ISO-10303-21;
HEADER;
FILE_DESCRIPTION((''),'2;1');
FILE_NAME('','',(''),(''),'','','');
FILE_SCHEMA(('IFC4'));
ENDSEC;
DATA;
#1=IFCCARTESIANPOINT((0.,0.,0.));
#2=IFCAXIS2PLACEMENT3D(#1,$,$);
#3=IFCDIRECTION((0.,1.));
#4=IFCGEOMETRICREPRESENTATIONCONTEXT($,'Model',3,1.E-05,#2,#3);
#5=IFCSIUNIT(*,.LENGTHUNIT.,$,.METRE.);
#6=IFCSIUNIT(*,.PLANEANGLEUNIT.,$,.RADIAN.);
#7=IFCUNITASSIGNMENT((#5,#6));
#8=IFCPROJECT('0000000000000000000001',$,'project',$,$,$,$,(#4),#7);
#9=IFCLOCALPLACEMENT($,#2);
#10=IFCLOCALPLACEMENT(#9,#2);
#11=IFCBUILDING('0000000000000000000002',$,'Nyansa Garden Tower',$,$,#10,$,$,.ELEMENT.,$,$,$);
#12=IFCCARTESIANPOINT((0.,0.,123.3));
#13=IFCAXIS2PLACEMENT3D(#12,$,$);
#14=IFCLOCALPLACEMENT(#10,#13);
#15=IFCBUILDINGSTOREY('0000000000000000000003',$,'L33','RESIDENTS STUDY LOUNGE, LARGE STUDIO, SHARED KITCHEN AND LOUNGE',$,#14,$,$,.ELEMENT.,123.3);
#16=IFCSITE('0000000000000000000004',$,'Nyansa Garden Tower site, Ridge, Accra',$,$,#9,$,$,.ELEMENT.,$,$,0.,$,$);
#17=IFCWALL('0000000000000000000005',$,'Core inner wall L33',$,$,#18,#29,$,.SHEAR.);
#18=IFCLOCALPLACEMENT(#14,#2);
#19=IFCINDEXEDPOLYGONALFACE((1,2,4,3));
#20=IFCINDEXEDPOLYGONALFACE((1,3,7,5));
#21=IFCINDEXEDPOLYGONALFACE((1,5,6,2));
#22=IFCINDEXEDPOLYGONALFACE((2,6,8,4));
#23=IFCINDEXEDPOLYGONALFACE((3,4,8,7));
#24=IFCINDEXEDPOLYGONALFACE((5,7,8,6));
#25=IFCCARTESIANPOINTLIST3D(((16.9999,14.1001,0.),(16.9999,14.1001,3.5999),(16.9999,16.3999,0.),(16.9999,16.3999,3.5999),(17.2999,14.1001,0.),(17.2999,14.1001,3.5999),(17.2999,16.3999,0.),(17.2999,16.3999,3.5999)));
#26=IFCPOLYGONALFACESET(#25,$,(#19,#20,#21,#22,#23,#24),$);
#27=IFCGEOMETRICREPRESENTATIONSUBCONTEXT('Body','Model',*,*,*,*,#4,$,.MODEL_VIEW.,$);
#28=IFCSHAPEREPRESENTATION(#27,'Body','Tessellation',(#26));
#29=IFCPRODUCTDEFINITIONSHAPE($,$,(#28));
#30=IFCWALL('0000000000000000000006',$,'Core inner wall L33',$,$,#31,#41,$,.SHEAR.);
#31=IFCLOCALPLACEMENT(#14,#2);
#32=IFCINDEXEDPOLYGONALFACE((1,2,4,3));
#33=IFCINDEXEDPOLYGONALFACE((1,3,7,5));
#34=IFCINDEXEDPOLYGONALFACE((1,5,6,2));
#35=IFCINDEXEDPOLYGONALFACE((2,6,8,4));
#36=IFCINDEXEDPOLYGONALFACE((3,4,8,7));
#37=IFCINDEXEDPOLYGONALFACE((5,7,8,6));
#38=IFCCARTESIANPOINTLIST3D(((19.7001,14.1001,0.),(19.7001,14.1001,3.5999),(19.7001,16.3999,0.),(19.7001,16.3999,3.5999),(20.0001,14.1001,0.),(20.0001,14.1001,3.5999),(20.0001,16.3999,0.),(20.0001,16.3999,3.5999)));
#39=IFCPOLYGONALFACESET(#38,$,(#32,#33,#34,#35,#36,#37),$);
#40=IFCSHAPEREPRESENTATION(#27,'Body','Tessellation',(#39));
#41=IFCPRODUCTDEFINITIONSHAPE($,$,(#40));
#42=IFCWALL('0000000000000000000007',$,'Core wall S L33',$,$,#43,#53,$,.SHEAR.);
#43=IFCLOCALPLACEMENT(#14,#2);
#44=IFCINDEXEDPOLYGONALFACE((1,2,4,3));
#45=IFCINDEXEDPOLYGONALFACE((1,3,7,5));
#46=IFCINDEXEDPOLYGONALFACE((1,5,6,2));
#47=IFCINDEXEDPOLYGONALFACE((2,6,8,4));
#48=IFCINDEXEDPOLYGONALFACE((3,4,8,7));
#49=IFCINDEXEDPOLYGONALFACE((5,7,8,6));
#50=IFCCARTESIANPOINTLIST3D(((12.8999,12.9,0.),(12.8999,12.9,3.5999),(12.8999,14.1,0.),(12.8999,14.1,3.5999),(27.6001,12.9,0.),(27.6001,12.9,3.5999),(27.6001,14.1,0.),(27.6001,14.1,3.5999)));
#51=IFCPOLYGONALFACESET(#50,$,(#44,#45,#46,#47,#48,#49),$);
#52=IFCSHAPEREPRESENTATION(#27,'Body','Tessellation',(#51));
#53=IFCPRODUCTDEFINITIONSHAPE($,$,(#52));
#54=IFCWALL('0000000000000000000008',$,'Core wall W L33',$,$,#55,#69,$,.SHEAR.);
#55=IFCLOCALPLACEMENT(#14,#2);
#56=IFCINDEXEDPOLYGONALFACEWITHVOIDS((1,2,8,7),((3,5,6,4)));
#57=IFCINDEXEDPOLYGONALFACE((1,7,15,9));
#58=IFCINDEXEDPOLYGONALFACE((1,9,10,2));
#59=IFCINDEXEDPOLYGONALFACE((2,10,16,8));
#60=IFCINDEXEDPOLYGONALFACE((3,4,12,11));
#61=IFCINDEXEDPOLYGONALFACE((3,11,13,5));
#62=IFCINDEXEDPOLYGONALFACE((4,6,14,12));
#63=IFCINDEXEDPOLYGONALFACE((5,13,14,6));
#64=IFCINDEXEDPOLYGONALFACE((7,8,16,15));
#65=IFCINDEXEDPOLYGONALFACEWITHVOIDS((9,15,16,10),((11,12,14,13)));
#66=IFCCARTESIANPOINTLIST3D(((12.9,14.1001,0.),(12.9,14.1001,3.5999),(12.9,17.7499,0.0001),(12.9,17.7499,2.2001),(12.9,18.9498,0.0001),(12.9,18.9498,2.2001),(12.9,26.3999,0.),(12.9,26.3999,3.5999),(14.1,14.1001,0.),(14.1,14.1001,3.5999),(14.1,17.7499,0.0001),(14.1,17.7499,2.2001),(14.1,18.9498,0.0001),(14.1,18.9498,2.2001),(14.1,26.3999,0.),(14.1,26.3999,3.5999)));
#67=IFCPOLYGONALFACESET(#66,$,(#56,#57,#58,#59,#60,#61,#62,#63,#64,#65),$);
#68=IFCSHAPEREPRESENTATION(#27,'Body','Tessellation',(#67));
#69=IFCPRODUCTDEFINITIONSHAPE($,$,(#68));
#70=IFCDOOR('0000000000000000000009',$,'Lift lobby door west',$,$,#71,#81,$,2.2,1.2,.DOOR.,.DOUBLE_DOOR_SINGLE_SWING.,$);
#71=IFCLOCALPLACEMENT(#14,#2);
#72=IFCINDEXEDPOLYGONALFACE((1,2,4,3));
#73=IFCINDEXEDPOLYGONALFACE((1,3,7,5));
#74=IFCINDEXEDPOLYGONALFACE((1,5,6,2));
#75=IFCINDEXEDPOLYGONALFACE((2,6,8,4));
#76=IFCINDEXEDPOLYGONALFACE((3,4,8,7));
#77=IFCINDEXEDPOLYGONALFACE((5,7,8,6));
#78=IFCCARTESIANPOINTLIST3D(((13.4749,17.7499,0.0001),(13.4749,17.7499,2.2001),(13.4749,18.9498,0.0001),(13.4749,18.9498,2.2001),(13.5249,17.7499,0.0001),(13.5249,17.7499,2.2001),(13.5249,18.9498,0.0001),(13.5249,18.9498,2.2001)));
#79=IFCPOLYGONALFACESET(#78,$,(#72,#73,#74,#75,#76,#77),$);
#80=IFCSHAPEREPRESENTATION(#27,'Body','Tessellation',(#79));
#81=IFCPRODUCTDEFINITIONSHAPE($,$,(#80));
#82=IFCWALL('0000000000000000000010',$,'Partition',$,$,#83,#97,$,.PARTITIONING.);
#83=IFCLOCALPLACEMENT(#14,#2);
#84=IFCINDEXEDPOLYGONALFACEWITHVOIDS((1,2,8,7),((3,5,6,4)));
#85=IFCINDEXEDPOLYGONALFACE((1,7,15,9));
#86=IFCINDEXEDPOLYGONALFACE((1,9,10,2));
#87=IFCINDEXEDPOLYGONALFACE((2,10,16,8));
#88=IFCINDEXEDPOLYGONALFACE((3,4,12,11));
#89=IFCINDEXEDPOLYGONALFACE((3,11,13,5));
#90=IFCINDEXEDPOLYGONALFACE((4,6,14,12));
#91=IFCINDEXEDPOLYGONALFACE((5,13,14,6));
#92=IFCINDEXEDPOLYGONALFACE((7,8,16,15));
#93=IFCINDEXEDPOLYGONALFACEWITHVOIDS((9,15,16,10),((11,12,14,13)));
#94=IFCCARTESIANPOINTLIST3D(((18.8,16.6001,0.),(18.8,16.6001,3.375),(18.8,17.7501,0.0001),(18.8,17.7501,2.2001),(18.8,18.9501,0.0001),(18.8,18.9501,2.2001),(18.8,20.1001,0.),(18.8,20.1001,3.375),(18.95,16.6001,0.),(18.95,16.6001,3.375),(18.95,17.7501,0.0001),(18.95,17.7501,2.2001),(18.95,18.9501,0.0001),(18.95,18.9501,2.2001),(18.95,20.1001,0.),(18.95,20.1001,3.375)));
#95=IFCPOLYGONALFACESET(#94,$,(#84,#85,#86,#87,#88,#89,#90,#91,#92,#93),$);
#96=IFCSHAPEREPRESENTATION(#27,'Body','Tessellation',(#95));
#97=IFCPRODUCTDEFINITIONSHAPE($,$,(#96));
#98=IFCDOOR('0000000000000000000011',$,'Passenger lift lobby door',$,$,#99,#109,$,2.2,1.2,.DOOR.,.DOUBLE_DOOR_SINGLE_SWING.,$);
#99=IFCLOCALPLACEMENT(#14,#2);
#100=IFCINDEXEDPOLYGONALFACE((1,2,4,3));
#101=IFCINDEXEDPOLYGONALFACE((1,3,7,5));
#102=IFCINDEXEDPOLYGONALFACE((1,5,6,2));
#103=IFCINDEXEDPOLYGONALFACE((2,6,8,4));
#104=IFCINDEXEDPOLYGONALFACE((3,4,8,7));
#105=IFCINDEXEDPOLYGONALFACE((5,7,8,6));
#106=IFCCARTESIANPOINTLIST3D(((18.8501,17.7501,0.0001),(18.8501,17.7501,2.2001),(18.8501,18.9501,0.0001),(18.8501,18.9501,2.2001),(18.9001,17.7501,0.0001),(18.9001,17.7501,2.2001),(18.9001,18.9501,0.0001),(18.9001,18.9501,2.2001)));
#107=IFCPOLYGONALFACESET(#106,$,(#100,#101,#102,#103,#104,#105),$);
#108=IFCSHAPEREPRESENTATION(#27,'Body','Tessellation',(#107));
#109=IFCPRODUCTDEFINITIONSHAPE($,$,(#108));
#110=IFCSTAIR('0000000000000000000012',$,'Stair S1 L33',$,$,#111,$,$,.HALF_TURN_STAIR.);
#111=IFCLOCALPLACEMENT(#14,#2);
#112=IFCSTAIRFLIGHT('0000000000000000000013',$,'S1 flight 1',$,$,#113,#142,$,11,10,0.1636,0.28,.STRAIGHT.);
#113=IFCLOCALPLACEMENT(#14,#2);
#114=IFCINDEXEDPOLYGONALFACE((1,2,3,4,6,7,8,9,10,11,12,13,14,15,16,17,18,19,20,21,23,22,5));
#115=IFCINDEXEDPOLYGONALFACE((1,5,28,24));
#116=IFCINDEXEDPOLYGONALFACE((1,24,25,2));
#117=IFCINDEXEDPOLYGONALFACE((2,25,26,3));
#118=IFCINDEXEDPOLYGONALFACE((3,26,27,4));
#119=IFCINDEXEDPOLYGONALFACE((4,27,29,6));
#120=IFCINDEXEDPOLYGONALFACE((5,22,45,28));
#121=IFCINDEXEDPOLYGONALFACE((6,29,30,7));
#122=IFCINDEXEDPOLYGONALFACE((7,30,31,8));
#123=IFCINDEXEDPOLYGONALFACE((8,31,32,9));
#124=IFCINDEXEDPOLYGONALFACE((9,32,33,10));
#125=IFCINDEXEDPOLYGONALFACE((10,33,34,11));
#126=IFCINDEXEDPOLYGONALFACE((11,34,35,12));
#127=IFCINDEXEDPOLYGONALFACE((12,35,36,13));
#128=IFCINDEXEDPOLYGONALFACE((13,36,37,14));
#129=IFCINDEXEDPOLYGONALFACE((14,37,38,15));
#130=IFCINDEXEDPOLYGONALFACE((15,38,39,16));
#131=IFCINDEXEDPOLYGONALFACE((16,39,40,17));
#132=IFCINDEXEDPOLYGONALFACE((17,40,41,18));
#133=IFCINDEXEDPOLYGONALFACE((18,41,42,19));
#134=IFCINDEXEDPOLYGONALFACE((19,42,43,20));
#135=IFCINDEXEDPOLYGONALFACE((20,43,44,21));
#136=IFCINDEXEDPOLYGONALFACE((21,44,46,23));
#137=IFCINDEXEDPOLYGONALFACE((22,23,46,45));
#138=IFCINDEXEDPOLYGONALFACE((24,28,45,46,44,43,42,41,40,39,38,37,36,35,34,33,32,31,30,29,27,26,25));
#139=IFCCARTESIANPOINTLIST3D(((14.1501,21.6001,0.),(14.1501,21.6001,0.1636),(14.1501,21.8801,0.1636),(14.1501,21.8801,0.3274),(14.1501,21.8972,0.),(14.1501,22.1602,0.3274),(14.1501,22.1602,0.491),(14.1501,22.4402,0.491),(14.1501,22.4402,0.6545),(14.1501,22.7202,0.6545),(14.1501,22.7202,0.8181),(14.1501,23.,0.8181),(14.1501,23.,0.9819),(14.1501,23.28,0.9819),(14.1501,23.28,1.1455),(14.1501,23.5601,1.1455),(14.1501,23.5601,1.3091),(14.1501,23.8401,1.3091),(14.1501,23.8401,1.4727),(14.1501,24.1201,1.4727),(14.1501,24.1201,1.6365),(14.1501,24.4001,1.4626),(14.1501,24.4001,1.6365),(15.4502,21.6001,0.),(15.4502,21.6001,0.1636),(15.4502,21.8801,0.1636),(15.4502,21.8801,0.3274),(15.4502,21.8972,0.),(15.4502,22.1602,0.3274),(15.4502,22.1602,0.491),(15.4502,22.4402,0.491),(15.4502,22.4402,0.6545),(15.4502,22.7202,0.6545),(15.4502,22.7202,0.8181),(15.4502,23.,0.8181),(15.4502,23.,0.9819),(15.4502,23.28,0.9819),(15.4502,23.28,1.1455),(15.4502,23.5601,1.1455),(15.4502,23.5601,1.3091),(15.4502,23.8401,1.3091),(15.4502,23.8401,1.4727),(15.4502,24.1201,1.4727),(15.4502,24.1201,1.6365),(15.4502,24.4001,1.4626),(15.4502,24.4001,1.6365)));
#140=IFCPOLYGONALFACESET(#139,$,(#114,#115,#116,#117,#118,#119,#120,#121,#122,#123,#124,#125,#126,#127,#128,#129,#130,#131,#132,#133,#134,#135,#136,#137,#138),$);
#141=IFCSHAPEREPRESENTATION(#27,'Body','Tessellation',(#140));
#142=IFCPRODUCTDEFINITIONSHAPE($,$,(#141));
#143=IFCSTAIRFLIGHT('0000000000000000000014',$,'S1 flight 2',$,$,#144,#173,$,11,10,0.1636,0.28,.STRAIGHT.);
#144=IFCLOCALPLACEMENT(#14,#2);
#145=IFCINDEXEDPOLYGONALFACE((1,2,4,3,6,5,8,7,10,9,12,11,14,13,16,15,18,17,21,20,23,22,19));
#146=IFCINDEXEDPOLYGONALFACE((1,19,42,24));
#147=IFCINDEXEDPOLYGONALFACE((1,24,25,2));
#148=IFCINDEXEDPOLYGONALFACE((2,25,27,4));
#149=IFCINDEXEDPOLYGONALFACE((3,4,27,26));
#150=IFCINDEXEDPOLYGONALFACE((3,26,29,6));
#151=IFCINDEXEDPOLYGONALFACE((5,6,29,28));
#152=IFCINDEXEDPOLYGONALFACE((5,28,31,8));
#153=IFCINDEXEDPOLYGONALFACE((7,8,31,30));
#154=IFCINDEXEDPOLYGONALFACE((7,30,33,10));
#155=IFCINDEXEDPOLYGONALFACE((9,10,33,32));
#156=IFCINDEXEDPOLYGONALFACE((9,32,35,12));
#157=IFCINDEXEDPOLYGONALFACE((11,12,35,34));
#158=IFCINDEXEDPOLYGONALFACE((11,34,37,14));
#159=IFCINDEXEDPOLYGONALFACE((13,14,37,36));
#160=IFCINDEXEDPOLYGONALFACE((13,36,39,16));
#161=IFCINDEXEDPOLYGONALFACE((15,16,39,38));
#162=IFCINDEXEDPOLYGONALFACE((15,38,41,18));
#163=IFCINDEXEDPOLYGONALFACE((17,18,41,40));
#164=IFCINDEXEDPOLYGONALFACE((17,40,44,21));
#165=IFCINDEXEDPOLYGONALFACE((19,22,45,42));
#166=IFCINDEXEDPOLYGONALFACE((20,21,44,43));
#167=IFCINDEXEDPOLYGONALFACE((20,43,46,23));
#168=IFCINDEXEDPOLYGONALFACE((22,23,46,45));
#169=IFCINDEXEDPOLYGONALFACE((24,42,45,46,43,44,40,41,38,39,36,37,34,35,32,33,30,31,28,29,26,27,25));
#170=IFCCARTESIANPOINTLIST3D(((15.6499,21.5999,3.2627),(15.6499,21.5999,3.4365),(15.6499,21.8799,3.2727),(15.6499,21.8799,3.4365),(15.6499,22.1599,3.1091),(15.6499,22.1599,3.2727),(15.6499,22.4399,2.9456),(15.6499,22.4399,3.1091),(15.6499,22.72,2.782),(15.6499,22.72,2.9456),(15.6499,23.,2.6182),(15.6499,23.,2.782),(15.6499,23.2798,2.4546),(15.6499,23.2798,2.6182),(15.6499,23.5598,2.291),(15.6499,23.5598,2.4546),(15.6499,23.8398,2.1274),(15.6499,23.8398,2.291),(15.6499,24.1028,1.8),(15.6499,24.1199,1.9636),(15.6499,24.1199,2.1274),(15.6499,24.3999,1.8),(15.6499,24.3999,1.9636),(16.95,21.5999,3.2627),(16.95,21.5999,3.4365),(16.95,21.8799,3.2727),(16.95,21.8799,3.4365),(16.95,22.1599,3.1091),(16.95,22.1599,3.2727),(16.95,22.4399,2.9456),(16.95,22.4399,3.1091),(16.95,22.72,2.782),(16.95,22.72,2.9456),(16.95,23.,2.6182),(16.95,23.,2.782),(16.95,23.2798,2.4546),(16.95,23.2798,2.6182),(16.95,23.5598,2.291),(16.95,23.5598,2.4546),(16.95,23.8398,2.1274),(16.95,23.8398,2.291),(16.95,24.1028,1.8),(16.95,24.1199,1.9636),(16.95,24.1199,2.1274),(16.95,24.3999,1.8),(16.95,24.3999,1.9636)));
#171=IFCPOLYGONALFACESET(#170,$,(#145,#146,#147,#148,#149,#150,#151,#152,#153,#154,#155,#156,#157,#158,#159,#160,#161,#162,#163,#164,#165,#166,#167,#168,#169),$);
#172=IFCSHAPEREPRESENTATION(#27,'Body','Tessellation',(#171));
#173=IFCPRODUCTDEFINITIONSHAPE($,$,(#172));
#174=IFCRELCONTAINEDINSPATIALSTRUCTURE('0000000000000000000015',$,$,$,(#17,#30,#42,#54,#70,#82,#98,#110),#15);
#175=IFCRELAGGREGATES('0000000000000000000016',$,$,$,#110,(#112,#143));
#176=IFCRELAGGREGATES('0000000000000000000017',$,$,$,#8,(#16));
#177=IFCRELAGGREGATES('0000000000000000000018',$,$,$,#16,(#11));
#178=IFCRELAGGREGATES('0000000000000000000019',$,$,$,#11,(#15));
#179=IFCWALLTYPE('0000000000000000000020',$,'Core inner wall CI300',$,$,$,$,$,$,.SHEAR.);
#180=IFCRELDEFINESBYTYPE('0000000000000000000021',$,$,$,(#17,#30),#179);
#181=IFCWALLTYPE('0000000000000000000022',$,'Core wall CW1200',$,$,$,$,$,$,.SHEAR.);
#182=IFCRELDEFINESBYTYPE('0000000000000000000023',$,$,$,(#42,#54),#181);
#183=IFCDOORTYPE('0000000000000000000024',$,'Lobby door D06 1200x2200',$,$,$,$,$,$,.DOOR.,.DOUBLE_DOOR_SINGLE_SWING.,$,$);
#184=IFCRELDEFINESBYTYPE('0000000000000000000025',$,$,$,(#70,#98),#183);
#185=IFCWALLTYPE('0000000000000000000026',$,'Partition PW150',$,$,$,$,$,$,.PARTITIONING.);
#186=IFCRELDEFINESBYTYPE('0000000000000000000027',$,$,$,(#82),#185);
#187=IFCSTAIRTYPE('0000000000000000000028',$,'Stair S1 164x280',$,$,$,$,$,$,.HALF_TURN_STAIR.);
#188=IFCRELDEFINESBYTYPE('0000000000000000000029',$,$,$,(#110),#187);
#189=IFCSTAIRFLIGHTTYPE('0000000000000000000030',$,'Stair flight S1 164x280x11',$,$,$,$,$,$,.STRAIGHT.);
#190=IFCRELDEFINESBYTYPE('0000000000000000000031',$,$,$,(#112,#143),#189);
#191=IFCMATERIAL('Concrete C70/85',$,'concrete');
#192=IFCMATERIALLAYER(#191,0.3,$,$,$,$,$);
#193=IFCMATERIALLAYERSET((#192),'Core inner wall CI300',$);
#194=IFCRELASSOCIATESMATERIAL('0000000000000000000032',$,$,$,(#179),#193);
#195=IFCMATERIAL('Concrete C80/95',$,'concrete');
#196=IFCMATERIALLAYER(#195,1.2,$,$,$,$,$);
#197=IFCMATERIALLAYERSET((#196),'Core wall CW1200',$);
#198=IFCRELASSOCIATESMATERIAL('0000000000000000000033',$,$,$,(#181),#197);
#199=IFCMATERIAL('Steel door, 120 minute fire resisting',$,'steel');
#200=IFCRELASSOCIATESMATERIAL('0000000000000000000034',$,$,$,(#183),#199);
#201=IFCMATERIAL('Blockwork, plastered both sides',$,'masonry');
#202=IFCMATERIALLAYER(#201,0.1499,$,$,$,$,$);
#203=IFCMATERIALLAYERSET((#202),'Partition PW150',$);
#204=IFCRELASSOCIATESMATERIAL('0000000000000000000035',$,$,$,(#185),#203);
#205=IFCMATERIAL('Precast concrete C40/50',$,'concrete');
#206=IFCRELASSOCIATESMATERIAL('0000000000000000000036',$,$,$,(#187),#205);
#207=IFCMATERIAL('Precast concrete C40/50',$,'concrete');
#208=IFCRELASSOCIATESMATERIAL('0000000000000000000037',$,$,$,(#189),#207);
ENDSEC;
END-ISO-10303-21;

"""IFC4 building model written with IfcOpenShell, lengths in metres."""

from ifc_helpers import new_model, si_unit, direction, frame, frame_2d, origin, place, context, subcontext, project, spatial, polyline, rectangle, outline, extrude, material, layer, layer_set, type_object, element, fill, aggregate, save


model = new_model("IFC4")

# Units and contexts
model_context = context("Model", 3, precision=1e-05, world=origin(), true_north=direction((0.0, 1.0)))
body_context = subcontext(model_context, "Body", "Model", "MODEL_VIEW")
ifc_project = project(units=[si_unit("LENGTHUNIT", "METRE"), si_unit("PLANEANGLEUNIT", "RADIAN")], contexts=[model_context])

# Site, building, storey
site_placement = place(None, origin())
site = spatial("IfcSite", under=ifc_project, at=site_placement, Name="Nyansa Garden Tower site, Ridge, Accra", CompositionType="ELEMENT", RefElevation=0.0)
building_placement = place(site_placement, origin())
building = spatial("IfcBuilding", under=site, at=building_placement, Name="Nyansa Garden Tower", CompositionType="ELEMENT")
storey_placement = place(building_placement, frame((0.0, 0.0, 123.3)))
storey = spatial("IfcBuildingStorey", under=building, at=storey_placement, Name="L33", Description="RESIDENTS STUDY LOUNGE, LARGE STUDIO, SHARED KITCHEN AND LOUNGE", CompositionType="ELEMENT", Elevation=123.3)

# Walls
ifc_material_1 = material(Name="Concrete C70/85", Category="concrete")
ifc_layer_1 = layer(ifc_material_1, 0.3)
ifc_layer_set_1 = layer_set([ifc_layer_1], Name="Core inner wall CI300")
wall_type_1 = type_object("IfcWallType", Name="Core inner wall CI300", PredefinedType="SHEAR", material=ifc_layer_set_1)
for number, where, z_axis, x_axis, name in (
    (1, (17.1499, 14.1001, 0.0), (0.0, 0.0, 1.0), (0.0, 1.0, 0.0), "Core inner wall L33"),
    (2, (19.8501, 14.1001, 0.0), (0.0, 0.0, 1.0), (0.0, 1.0, 0.0), "Core inner wall L33"),
):
    element("IfcWall", number, at=place(storey_placement, frame(where, z_axis=z_axis, x_axis=x_axis)), inside=storey, type_object=wall_type_1, Name=name, PredefinedType="SHEAR", context=body_context, shape_type="SweptSolid", body=[
        extrude(rectangle(XDim=2.2998, YDim=0.3, at=frame_2d((1.1499, 0.0))), origin(), (0.0, 0.0, 1.0), 3.5999),
    ])
ifc_material_2 = material(Name="Concrete C80/95", Category="concrete")
ifc_layer_2 = layer(ifc_material_2, 1.2)
ifc_layer_set_2 = layer_set([ifc_layer_2], Name="Core wall CW1200")
wall_type_2 = type_object("IfcWallType", Name="Core wall CW1200", PredefinedType="SHEAR", material=ifc_layer_set_2)
wall_1_placement = place(storey_placement, frame((12.8999, 13.5, 0.0), z_axis=(0.0, 0.0, 1.0), x_axis=(1.0, 0.0, 0.0)))
element("IfcWall", 3, at=wall_1_placement, inside=storey, type_object=wall_type_2, Name="Core wall S L33", PredefinedType="SHEAR", context=body_context, shape_type="SweptSolid", body=[
    extrude(rectangle(XDim=14.7002, YDim=1.2, at=frame_2d((7.3501, 0.0))), origin(), (0.0, 0.0, 1.0), 3.5999),
])

# Walls, openings, doors
wall_2_placement = place(storey_placement, frame((13.5, 26.3999, 0.0), z_axis=(0.0, 0.0, 1.0), x_axis=(0.0, -1.0, 0.0)))
wall_2 = element("IfcWall", 4, at=wall_2_placement, inside=storey, type_object=wall_type_2, Name="Core wall W L33", PredefinedType="SHEAR", context=body_context, shape_type="SweptSolid", body=[
    extrude(rectangle(XDim=12.2998, YDim=1.2, at=frame_2d((6.1499, 0.0))), origin(), (0.0, 0.0, 1.0), 3.5999),
])
opening_1_placement = place(wall_2_placement, frame((7.45, 0.0, 0.0)))
opening_1 = element("IfcOpeningElement", 5, at=opening_1_placement, cuts=wall_2, PredefinedType="OPENING", context=body_context, shape_type="SweptSolid", body=[
    extrude(rectangle(XDim=1.2, YDim=2.2, at=frame_2d((0.6001, 1.1001))), frame((0.0, 0.6099, 0.0), z_axis=(0.0, -1.0, 0.0), x_axis=(1.0, 0.0, 0.0)), (0.0, 0.0, 1.0), 1.22),
])
ifc_material_3 = material(Name="Steel door, 120 minute fire resisting", Category="steel")
door_type_1 = type_object("IfcDoorType", Name="Lobby door D06 1200x2200", OperationType="DOUBLE_DOOR_SINGLE_SWING", PredefinedType="DOOR", material=ifc_material_3)
door_1_placement = place(opening_1_placement, origin())
door_1 = element("IfcDoor", 6, at=door_1_placement, inside=storey, type_object=door_type_1, Name="Lift lobby door west", OperationType="DOUBLE_DOOR_SINGLE_SWING", OverallHeight=2.2, OverallWidth=1.2, PredefinedType="DOOR", context=body_context, shape_type="SweptSolid", body=[
    extrude(rectangle(XDim=1.2, YDim=2.2, at=frame_2d((0.6001, 1.1001))), frame((0.0, 0.0249, 0.0), z_axis=(0.0, -1.0, 0.0), x_axis=(1.0, 0.0, 0.0)), (0.0, 0.0, 1.0), 0.05),
])
fill(opening_1, door_1)
ifc_material_4 = material(Name="Blockwork, plastered both sides", Category="masonry")
ifc_layer_3 = layer(ifc_material_4, 0.1499)
ifc_layer_set_3 = layer_set([ifc_layer_3], Name="Partition PW150")
wall_type_3 = type_object("IfcWallType", Name="Partition PW150", PredefinedType="PARTITIONING", material=ifc_layer_set_3)
wall_3_placement = place(storey_placement, frame((18.875, 16.6001, 0.0), z_axis=(0.0, 0.0, 1.0), x_axis=(0.0, 1.0, 0.0)))
wall_3 = element("IfcWall", 7, at=wall_3_placement, inside=storey, type_object=wall_type_3, Name="Partition", PredefinedType="PARTITIONING", context=body_context, shape_type="SweptSolid", body=[
    extrude(rectangle(XDim=3.5, YDim=0.1499, at=frame_2d((1.75, 0.0))), origin(), (0.0, 0.0, 1.0), 3.375),
])
opening_2_placement = place(wall_3_placement, frame((1.1499, 0.0, 0.0)))
opening_2 = element("IfcOpeningElement", 8, at=opening_2_placement, cuts=wall_3, PredefinedType="OPENING", context=body_context, shape_type="SweptSolid", body=[
    extrude(rectangle(XDim=1.2, YDim=2.2, at=frame_2d((0.6001, 1.1001))), frame((0.0, 0.085, 0.0), z_axis=(0.0, -1.0, 0.0), x_axis=(1.0, 0.0, 0.0)), (0.0, 0.0, 1.0), 0.1699),
])
door_2_placement = place(opening_2_placement, origin())
door_2 = element("IfcDoor", 9, at=door_2_placement, inside=storey, type_object=door_type_1, Name="Passenger lift lobby door", OperationType="DOUBLE_DOOR_SINGLE_SWING", OverallHeight=2.2, OverallWidth=1.2, PredefinedType="DOOR", context=body_context, shape_type="SweptSolid", body=[
    extrude(rectangle(XDim=1.2, YDim=2.2, at=frame_2d((0.6001, 1.1001))), frame((0.0, 0.0249, 0.0), z_axis=(0.0, -1.0, 0.0), x_axis=(1.0, 0.0, 0.0)), (0.0, 0.0, 1.0), 0.05),
])
fill(opening_2, door_2)

# Stair, stair flights
ifc_material_5 = material(Name="Precast concrete C40/50", Category="concrete")
stair_type = type_object("IfcStairType", Name="Stair S1 164x280", PredefinedType="HALF_TURN_STAIR", material=ifc_material_5)
stair_placement = place(storey_placement, origin())
stair = element("IfcStair", 10, at=stair_placement, inside=storey, type_object=stair_type, Name="Stair S1 L33", PredefinedType="HALF_TURN_STAIR")
ifc_material_6 = material(Name="Precast concrete C40/50", Category="concrete")
stair_flight_type = type_object("IfcStairFlightType", Name="Stair flight S1 164x280x11", PredefinedType="STRAIGHT", material=ifc_material_6)
stair_flight_1_placement = place(storey_placement, frame((14.8, 21.6001, 0.0), z_axis=(0.0, 0.0, 1.0), x_axis=(0.0, 1.0, 0.0)))
stair_flight_1 = element("IfcStairFlight", 11, at=stair_flight_1_placement, type_object=stair_flight_type, Name="S1 flight 1", NumberOfRisers=11, NumberOfTreads=10, PredefinedType="STRAIGHT", RiserHeight=0.1636, TreadLength=0.28, context=body_context, shape_type="SweptSolid", body=[
    extrude(outline(polyline([(0.0, 0.0), (0.0, 0.1636), (0.28, 0.1636), (0.28, 0.3274), (0.5601, 0.3274), (0.5601, 0.491), (0.8401, 0.491), (0.8401, 0.6545), (1.1201, 0.6545), (1.1201, 0.8181), (1.3999, 0.8181), (1.3999, 0.9819), (1.6799, 0.9819), (1.6799, 1.1455), (1.96, 1.1455), (1.96, 1.3091), (2.24, 1.3091), (2.24, 1.4727), (2.52, 1.4727), (2.52, 1.6365), (2.8, 1.6365), (2.8, 1.8), (2.8, 1.4626), (0.2971, 0.0), (0.0, 0.0)])), frame((0.0, 0.6499, 0.0), z_axis=(0.0, -1.0, 0.0), x_axis=(1.0, 0.0, 0.0)), (0.0, 0.0, 1.0), 1.3),
])
stair_flight_2_placement = place(storey_placement, frame((16.3, 24.3999, 1.8), z_axis=(0.0, 0.0, 1.0), x_axis=(0.0, -1.0, 0.0)))
stair_flight_2 = element("IfcStairFlight", 12, at=stair_flight_2_placement, type_object=stair_flight_type, Name="S1 flight 2", NumberOfRisers=11, NumberOfTreads=10, PredefinedType="STRAIGHT", RiserHeight=0.1636, TreadLength=0.28, context=body_context, shape_type="SweptSolid", body=[
    extrude(outline(polyline([(0.0, 0.0), (0.0, 0.1636), (0.28, 0.1636), (0.28, 0.3274), (0.5601, 0.3274), (0.5601, 0.491), (0.8401, 0.491), (0.8401, 0.6545), (1.1201, 0.6545), (1.1201, 0.8181), (1.3999, 0.8181), (1.3999, 0.9819), (1.6799, 0.9819), (1.6799, 1.1455), (1.96, 1.1455), (1.96, 1.3091), (2.24, 1.3091), (2.24, 1.4727), (2.52, 1.4727), (2.52, 1.6365), (2.8, 1.6365), (2.8, 1.8), (2.8, 1.4626), (0.2971, 0.0), (0.0, 0.0)])), frame((0.0, 0.6499, 0.0), z_axis=(0.0, -1.0, 0.0), x_axis=(1.0, 0.0, 0.0)), (0.0, 0.0, 1.0), 1.3),
])
aggregate(stair, [stair_flight_1, stair_flight_2])

save(model, "model.ifc")
